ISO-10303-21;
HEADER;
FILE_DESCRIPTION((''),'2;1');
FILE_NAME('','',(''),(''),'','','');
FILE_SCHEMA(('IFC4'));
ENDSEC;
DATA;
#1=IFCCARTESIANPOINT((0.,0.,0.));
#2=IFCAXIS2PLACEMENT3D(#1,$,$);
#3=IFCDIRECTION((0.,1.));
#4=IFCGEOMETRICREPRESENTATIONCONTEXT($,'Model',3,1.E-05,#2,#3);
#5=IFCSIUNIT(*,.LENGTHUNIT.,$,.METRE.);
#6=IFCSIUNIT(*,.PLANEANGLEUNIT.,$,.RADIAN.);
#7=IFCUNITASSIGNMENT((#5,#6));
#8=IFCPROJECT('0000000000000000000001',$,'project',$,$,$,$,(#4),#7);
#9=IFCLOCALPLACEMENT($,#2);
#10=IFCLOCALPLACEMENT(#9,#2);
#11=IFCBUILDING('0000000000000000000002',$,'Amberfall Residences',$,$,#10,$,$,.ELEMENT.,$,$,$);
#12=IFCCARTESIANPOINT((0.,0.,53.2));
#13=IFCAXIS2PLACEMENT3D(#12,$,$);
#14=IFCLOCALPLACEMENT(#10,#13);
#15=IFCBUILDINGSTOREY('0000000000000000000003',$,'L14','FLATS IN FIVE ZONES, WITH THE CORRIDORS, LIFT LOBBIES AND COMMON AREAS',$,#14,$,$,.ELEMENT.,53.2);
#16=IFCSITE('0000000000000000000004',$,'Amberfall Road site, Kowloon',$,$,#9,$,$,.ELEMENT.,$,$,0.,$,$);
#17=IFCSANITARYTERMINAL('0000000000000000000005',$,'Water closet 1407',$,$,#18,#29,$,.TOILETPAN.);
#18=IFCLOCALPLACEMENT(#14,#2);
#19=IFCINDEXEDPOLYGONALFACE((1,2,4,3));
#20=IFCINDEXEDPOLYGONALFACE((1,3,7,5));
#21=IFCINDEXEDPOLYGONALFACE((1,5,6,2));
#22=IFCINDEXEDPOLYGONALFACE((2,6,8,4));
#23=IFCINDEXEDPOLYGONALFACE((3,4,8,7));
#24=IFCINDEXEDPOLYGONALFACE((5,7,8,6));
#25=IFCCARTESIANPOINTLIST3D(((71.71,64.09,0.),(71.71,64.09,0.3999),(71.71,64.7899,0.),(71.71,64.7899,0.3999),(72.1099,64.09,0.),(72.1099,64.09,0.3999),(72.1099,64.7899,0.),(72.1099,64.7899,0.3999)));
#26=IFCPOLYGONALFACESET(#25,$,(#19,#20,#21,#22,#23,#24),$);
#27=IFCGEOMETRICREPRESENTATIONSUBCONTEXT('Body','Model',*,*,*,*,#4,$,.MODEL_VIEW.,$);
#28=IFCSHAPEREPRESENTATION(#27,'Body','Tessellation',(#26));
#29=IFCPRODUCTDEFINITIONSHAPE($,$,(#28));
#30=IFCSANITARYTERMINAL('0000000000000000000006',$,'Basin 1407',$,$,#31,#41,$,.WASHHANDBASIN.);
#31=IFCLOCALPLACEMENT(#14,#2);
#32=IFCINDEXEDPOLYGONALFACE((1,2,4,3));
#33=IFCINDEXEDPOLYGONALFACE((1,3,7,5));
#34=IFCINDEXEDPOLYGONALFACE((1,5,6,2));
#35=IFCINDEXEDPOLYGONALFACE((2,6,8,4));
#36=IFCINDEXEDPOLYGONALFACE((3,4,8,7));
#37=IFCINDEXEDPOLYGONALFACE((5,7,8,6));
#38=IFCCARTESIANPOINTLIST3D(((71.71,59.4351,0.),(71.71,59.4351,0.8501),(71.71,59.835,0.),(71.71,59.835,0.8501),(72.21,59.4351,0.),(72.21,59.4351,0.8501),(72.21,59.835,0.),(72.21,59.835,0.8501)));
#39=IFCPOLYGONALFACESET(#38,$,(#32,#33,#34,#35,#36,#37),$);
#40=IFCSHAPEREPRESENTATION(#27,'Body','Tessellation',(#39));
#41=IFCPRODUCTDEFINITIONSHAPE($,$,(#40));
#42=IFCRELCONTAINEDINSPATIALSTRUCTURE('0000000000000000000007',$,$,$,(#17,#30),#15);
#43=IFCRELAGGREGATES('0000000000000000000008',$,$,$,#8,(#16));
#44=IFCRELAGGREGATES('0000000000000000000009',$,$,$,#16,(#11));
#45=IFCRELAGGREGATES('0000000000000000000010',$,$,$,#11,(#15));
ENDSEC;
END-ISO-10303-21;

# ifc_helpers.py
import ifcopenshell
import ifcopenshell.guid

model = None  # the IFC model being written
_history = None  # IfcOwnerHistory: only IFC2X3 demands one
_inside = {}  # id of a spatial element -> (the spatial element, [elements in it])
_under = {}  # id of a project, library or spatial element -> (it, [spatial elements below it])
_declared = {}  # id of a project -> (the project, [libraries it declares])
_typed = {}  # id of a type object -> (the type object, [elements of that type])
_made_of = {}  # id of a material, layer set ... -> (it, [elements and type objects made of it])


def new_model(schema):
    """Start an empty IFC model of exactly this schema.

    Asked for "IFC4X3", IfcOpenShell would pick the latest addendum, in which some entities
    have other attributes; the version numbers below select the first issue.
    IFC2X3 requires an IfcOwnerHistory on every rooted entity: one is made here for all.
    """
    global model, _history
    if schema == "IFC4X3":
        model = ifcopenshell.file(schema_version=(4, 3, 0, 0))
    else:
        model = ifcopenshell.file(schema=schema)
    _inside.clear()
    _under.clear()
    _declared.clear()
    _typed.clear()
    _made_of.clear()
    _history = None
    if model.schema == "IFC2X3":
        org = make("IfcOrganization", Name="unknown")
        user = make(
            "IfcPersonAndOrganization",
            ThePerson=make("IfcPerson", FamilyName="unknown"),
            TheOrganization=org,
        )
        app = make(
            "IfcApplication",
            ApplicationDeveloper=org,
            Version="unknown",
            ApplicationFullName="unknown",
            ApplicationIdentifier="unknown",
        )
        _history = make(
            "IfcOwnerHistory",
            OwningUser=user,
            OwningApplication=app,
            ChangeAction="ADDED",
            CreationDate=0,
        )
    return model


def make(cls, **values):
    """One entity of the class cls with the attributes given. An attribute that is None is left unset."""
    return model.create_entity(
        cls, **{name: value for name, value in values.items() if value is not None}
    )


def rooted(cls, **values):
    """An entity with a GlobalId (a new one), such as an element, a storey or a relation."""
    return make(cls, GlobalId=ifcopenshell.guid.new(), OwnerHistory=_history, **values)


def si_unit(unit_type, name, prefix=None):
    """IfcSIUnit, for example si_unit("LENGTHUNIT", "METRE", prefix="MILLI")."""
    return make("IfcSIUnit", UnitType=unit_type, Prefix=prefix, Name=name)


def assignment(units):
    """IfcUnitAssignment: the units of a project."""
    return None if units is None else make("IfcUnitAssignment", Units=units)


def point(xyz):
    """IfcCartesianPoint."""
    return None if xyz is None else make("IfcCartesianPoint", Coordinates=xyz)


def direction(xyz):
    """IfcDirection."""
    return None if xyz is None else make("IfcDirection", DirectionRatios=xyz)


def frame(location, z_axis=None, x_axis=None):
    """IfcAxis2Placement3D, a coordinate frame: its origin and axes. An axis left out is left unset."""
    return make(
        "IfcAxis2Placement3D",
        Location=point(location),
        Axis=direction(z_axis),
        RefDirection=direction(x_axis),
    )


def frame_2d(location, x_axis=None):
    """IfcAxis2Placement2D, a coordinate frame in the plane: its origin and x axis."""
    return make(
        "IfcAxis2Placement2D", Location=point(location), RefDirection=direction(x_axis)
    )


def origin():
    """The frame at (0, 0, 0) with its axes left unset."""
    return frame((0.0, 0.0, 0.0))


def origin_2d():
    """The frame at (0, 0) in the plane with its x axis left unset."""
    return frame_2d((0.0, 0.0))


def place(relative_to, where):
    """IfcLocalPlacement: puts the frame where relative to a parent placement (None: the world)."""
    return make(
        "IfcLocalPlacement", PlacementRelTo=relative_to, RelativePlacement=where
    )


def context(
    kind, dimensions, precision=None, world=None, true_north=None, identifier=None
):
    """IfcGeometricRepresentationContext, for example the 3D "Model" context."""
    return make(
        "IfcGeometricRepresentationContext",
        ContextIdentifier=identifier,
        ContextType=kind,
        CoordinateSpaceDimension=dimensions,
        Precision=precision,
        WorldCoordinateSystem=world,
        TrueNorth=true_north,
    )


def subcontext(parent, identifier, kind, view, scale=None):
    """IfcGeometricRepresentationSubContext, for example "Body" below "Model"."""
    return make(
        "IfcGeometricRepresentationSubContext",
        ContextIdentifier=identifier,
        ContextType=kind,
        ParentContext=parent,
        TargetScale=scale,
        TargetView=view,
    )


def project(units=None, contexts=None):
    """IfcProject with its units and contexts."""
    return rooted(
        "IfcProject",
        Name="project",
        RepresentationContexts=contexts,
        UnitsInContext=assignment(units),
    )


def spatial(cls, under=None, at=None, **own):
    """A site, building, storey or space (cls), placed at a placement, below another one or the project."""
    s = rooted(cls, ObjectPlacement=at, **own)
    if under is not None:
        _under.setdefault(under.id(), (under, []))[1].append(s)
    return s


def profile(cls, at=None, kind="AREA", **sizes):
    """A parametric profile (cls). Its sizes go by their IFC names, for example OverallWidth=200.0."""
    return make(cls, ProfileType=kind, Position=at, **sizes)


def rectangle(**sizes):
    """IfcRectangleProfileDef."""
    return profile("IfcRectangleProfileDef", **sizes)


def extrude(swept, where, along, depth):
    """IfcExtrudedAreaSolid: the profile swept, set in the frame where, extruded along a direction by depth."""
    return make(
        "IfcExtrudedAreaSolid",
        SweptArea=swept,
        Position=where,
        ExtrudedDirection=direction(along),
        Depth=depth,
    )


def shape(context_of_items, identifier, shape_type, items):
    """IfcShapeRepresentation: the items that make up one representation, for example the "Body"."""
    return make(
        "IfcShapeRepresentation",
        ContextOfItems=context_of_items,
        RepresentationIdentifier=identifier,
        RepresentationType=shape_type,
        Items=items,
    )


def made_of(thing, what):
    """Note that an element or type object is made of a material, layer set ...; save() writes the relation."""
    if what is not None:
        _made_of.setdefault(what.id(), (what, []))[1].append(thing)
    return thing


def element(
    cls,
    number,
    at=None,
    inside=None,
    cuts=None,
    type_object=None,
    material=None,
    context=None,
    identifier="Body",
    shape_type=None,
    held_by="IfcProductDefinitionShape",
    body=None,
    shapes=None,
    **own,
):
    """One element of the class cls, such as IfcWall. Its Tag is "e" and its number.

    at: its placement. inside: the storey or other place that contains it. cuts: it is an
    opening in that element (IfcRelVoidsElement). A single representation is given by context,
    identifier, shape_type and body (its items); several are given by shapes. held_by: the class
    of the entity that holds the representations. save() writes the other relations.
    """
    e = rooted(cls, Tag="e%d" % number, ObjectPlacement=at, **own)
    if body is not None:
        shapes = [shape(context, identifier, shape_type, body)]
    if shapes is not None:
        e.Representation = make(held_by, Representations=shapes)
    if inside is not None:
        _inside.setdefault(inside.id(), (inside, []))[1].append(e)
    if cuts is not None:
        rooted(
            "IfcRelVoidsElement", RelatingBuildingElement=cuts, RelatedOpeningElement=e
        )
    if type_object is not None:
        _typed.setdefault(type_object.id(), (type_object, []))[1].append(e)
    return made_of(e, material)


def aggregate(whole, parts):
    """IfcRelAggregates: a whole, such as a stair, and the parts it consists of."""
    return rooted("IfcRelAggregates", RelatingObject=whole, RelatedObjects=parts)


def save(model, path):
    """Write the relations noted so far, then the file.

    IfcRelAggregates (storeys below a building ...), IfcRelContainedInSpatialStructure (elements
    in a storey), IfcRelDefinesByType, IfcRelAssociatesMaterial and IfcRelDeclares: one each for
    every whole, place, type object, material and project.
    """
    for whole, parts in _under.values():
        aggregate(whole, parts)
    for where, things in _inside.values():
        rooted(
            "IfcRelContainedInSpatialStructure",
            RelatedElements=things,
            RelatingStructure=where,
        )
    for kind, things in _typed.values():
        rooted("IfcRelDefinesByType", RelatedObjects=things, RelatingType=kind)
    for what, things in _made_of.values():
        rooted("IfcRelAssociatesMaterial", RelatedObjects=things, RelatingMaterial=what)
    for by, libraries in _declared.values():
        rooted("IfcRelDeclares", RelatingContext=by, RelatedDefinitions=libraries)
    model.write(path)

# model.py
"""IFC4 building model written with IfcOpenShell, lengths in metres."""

from ifc_helpers import new_model, si_unit, direction, frame, origin, origin_2d, place, context, subcontext, project, spatial, rectangle, extrude, element, save


model = new_model("IFC4")

# Units and contexts
model_context = context("Model", 3, precision=1e-05, world=origin(), true_north=direction((0.0, 1.0)))
body_context = subcontext(model_context, "Body", "Model", "MODEL_VIEW")
ifc_project = project(units=[si_unit("LENGTHUNIT", "METRE"), si_unit("PLANEANGLEUNIT", "RADIAN")], contexts=[model_context])

# Site, building, storey
site_placement = place(None, origin())
site = spatial("IfcSite", under=ifc_project, at=site_placement, Name="Amberfall Road site, Kowloon", CompositionType="ELEMENT", RefElevation=0.0)
building_placement = place(site_placement, origin())
building = spatial("IfcBuilding", under=site, at=building_placement, Name="Amberfall Residences", CompositionType="ELEMENT")
storey_placement = place(building_placement, frame((0.0, 0.0, 53.2)))
storey = spatial("IfcBuildingStorey", under=building, at=storey_placement, Name="L14", Description="FLATS IN FIVE ZONES, WITH THE CORRIDORS, LIFT LOBBIES AND COMMON AREAS", CompositionType="ELEMENT", Elevation=53.2)

# Sanitary terminals
sanitary_terminal_1_placement = place(storey_placement, frame((71.9099, 64.4399, 0.0), z_axis=(0.0, 0.0, 1.0), x_axis=(1.0, 0.0, 0.0)))
element("IfcSanitaryTerminal", 1, at=sanitary_terminal_1_placement, inside=storey, Name="Water closet 1407", PredefinedType="TOILETPAN", context=body_context, shape_type="SweptSolid", body=[
    extrude(rectangle(XDim=0.3999, YDim=0.7, at=origin_2d()), origin(), (0.0, 0.0, 1.0), 0.3999),
])
sanitary_terminal_2_placement = place(storey_placement, frame((71.96, 59.635, 0.0), z_axis=(0.0, 0.0, 1.0), x_axis=(1.0, 0.0, 0.0)))
element("IfcSanitaryTerminal", 2, at=sanitary_terminal_2_placement, inside=storey, Name="Basin 1407", PredefinedType="WASHHANDBASIN", context=body_context, shape_type="SweptSolid", body=[
    extrude(rectangle(XDim=0.5, YDim=0.3999, at=origin_2d()), origin(), (0.0, 0.0, 1.0), 0.8501),
])

save(model, "model.ifc")
